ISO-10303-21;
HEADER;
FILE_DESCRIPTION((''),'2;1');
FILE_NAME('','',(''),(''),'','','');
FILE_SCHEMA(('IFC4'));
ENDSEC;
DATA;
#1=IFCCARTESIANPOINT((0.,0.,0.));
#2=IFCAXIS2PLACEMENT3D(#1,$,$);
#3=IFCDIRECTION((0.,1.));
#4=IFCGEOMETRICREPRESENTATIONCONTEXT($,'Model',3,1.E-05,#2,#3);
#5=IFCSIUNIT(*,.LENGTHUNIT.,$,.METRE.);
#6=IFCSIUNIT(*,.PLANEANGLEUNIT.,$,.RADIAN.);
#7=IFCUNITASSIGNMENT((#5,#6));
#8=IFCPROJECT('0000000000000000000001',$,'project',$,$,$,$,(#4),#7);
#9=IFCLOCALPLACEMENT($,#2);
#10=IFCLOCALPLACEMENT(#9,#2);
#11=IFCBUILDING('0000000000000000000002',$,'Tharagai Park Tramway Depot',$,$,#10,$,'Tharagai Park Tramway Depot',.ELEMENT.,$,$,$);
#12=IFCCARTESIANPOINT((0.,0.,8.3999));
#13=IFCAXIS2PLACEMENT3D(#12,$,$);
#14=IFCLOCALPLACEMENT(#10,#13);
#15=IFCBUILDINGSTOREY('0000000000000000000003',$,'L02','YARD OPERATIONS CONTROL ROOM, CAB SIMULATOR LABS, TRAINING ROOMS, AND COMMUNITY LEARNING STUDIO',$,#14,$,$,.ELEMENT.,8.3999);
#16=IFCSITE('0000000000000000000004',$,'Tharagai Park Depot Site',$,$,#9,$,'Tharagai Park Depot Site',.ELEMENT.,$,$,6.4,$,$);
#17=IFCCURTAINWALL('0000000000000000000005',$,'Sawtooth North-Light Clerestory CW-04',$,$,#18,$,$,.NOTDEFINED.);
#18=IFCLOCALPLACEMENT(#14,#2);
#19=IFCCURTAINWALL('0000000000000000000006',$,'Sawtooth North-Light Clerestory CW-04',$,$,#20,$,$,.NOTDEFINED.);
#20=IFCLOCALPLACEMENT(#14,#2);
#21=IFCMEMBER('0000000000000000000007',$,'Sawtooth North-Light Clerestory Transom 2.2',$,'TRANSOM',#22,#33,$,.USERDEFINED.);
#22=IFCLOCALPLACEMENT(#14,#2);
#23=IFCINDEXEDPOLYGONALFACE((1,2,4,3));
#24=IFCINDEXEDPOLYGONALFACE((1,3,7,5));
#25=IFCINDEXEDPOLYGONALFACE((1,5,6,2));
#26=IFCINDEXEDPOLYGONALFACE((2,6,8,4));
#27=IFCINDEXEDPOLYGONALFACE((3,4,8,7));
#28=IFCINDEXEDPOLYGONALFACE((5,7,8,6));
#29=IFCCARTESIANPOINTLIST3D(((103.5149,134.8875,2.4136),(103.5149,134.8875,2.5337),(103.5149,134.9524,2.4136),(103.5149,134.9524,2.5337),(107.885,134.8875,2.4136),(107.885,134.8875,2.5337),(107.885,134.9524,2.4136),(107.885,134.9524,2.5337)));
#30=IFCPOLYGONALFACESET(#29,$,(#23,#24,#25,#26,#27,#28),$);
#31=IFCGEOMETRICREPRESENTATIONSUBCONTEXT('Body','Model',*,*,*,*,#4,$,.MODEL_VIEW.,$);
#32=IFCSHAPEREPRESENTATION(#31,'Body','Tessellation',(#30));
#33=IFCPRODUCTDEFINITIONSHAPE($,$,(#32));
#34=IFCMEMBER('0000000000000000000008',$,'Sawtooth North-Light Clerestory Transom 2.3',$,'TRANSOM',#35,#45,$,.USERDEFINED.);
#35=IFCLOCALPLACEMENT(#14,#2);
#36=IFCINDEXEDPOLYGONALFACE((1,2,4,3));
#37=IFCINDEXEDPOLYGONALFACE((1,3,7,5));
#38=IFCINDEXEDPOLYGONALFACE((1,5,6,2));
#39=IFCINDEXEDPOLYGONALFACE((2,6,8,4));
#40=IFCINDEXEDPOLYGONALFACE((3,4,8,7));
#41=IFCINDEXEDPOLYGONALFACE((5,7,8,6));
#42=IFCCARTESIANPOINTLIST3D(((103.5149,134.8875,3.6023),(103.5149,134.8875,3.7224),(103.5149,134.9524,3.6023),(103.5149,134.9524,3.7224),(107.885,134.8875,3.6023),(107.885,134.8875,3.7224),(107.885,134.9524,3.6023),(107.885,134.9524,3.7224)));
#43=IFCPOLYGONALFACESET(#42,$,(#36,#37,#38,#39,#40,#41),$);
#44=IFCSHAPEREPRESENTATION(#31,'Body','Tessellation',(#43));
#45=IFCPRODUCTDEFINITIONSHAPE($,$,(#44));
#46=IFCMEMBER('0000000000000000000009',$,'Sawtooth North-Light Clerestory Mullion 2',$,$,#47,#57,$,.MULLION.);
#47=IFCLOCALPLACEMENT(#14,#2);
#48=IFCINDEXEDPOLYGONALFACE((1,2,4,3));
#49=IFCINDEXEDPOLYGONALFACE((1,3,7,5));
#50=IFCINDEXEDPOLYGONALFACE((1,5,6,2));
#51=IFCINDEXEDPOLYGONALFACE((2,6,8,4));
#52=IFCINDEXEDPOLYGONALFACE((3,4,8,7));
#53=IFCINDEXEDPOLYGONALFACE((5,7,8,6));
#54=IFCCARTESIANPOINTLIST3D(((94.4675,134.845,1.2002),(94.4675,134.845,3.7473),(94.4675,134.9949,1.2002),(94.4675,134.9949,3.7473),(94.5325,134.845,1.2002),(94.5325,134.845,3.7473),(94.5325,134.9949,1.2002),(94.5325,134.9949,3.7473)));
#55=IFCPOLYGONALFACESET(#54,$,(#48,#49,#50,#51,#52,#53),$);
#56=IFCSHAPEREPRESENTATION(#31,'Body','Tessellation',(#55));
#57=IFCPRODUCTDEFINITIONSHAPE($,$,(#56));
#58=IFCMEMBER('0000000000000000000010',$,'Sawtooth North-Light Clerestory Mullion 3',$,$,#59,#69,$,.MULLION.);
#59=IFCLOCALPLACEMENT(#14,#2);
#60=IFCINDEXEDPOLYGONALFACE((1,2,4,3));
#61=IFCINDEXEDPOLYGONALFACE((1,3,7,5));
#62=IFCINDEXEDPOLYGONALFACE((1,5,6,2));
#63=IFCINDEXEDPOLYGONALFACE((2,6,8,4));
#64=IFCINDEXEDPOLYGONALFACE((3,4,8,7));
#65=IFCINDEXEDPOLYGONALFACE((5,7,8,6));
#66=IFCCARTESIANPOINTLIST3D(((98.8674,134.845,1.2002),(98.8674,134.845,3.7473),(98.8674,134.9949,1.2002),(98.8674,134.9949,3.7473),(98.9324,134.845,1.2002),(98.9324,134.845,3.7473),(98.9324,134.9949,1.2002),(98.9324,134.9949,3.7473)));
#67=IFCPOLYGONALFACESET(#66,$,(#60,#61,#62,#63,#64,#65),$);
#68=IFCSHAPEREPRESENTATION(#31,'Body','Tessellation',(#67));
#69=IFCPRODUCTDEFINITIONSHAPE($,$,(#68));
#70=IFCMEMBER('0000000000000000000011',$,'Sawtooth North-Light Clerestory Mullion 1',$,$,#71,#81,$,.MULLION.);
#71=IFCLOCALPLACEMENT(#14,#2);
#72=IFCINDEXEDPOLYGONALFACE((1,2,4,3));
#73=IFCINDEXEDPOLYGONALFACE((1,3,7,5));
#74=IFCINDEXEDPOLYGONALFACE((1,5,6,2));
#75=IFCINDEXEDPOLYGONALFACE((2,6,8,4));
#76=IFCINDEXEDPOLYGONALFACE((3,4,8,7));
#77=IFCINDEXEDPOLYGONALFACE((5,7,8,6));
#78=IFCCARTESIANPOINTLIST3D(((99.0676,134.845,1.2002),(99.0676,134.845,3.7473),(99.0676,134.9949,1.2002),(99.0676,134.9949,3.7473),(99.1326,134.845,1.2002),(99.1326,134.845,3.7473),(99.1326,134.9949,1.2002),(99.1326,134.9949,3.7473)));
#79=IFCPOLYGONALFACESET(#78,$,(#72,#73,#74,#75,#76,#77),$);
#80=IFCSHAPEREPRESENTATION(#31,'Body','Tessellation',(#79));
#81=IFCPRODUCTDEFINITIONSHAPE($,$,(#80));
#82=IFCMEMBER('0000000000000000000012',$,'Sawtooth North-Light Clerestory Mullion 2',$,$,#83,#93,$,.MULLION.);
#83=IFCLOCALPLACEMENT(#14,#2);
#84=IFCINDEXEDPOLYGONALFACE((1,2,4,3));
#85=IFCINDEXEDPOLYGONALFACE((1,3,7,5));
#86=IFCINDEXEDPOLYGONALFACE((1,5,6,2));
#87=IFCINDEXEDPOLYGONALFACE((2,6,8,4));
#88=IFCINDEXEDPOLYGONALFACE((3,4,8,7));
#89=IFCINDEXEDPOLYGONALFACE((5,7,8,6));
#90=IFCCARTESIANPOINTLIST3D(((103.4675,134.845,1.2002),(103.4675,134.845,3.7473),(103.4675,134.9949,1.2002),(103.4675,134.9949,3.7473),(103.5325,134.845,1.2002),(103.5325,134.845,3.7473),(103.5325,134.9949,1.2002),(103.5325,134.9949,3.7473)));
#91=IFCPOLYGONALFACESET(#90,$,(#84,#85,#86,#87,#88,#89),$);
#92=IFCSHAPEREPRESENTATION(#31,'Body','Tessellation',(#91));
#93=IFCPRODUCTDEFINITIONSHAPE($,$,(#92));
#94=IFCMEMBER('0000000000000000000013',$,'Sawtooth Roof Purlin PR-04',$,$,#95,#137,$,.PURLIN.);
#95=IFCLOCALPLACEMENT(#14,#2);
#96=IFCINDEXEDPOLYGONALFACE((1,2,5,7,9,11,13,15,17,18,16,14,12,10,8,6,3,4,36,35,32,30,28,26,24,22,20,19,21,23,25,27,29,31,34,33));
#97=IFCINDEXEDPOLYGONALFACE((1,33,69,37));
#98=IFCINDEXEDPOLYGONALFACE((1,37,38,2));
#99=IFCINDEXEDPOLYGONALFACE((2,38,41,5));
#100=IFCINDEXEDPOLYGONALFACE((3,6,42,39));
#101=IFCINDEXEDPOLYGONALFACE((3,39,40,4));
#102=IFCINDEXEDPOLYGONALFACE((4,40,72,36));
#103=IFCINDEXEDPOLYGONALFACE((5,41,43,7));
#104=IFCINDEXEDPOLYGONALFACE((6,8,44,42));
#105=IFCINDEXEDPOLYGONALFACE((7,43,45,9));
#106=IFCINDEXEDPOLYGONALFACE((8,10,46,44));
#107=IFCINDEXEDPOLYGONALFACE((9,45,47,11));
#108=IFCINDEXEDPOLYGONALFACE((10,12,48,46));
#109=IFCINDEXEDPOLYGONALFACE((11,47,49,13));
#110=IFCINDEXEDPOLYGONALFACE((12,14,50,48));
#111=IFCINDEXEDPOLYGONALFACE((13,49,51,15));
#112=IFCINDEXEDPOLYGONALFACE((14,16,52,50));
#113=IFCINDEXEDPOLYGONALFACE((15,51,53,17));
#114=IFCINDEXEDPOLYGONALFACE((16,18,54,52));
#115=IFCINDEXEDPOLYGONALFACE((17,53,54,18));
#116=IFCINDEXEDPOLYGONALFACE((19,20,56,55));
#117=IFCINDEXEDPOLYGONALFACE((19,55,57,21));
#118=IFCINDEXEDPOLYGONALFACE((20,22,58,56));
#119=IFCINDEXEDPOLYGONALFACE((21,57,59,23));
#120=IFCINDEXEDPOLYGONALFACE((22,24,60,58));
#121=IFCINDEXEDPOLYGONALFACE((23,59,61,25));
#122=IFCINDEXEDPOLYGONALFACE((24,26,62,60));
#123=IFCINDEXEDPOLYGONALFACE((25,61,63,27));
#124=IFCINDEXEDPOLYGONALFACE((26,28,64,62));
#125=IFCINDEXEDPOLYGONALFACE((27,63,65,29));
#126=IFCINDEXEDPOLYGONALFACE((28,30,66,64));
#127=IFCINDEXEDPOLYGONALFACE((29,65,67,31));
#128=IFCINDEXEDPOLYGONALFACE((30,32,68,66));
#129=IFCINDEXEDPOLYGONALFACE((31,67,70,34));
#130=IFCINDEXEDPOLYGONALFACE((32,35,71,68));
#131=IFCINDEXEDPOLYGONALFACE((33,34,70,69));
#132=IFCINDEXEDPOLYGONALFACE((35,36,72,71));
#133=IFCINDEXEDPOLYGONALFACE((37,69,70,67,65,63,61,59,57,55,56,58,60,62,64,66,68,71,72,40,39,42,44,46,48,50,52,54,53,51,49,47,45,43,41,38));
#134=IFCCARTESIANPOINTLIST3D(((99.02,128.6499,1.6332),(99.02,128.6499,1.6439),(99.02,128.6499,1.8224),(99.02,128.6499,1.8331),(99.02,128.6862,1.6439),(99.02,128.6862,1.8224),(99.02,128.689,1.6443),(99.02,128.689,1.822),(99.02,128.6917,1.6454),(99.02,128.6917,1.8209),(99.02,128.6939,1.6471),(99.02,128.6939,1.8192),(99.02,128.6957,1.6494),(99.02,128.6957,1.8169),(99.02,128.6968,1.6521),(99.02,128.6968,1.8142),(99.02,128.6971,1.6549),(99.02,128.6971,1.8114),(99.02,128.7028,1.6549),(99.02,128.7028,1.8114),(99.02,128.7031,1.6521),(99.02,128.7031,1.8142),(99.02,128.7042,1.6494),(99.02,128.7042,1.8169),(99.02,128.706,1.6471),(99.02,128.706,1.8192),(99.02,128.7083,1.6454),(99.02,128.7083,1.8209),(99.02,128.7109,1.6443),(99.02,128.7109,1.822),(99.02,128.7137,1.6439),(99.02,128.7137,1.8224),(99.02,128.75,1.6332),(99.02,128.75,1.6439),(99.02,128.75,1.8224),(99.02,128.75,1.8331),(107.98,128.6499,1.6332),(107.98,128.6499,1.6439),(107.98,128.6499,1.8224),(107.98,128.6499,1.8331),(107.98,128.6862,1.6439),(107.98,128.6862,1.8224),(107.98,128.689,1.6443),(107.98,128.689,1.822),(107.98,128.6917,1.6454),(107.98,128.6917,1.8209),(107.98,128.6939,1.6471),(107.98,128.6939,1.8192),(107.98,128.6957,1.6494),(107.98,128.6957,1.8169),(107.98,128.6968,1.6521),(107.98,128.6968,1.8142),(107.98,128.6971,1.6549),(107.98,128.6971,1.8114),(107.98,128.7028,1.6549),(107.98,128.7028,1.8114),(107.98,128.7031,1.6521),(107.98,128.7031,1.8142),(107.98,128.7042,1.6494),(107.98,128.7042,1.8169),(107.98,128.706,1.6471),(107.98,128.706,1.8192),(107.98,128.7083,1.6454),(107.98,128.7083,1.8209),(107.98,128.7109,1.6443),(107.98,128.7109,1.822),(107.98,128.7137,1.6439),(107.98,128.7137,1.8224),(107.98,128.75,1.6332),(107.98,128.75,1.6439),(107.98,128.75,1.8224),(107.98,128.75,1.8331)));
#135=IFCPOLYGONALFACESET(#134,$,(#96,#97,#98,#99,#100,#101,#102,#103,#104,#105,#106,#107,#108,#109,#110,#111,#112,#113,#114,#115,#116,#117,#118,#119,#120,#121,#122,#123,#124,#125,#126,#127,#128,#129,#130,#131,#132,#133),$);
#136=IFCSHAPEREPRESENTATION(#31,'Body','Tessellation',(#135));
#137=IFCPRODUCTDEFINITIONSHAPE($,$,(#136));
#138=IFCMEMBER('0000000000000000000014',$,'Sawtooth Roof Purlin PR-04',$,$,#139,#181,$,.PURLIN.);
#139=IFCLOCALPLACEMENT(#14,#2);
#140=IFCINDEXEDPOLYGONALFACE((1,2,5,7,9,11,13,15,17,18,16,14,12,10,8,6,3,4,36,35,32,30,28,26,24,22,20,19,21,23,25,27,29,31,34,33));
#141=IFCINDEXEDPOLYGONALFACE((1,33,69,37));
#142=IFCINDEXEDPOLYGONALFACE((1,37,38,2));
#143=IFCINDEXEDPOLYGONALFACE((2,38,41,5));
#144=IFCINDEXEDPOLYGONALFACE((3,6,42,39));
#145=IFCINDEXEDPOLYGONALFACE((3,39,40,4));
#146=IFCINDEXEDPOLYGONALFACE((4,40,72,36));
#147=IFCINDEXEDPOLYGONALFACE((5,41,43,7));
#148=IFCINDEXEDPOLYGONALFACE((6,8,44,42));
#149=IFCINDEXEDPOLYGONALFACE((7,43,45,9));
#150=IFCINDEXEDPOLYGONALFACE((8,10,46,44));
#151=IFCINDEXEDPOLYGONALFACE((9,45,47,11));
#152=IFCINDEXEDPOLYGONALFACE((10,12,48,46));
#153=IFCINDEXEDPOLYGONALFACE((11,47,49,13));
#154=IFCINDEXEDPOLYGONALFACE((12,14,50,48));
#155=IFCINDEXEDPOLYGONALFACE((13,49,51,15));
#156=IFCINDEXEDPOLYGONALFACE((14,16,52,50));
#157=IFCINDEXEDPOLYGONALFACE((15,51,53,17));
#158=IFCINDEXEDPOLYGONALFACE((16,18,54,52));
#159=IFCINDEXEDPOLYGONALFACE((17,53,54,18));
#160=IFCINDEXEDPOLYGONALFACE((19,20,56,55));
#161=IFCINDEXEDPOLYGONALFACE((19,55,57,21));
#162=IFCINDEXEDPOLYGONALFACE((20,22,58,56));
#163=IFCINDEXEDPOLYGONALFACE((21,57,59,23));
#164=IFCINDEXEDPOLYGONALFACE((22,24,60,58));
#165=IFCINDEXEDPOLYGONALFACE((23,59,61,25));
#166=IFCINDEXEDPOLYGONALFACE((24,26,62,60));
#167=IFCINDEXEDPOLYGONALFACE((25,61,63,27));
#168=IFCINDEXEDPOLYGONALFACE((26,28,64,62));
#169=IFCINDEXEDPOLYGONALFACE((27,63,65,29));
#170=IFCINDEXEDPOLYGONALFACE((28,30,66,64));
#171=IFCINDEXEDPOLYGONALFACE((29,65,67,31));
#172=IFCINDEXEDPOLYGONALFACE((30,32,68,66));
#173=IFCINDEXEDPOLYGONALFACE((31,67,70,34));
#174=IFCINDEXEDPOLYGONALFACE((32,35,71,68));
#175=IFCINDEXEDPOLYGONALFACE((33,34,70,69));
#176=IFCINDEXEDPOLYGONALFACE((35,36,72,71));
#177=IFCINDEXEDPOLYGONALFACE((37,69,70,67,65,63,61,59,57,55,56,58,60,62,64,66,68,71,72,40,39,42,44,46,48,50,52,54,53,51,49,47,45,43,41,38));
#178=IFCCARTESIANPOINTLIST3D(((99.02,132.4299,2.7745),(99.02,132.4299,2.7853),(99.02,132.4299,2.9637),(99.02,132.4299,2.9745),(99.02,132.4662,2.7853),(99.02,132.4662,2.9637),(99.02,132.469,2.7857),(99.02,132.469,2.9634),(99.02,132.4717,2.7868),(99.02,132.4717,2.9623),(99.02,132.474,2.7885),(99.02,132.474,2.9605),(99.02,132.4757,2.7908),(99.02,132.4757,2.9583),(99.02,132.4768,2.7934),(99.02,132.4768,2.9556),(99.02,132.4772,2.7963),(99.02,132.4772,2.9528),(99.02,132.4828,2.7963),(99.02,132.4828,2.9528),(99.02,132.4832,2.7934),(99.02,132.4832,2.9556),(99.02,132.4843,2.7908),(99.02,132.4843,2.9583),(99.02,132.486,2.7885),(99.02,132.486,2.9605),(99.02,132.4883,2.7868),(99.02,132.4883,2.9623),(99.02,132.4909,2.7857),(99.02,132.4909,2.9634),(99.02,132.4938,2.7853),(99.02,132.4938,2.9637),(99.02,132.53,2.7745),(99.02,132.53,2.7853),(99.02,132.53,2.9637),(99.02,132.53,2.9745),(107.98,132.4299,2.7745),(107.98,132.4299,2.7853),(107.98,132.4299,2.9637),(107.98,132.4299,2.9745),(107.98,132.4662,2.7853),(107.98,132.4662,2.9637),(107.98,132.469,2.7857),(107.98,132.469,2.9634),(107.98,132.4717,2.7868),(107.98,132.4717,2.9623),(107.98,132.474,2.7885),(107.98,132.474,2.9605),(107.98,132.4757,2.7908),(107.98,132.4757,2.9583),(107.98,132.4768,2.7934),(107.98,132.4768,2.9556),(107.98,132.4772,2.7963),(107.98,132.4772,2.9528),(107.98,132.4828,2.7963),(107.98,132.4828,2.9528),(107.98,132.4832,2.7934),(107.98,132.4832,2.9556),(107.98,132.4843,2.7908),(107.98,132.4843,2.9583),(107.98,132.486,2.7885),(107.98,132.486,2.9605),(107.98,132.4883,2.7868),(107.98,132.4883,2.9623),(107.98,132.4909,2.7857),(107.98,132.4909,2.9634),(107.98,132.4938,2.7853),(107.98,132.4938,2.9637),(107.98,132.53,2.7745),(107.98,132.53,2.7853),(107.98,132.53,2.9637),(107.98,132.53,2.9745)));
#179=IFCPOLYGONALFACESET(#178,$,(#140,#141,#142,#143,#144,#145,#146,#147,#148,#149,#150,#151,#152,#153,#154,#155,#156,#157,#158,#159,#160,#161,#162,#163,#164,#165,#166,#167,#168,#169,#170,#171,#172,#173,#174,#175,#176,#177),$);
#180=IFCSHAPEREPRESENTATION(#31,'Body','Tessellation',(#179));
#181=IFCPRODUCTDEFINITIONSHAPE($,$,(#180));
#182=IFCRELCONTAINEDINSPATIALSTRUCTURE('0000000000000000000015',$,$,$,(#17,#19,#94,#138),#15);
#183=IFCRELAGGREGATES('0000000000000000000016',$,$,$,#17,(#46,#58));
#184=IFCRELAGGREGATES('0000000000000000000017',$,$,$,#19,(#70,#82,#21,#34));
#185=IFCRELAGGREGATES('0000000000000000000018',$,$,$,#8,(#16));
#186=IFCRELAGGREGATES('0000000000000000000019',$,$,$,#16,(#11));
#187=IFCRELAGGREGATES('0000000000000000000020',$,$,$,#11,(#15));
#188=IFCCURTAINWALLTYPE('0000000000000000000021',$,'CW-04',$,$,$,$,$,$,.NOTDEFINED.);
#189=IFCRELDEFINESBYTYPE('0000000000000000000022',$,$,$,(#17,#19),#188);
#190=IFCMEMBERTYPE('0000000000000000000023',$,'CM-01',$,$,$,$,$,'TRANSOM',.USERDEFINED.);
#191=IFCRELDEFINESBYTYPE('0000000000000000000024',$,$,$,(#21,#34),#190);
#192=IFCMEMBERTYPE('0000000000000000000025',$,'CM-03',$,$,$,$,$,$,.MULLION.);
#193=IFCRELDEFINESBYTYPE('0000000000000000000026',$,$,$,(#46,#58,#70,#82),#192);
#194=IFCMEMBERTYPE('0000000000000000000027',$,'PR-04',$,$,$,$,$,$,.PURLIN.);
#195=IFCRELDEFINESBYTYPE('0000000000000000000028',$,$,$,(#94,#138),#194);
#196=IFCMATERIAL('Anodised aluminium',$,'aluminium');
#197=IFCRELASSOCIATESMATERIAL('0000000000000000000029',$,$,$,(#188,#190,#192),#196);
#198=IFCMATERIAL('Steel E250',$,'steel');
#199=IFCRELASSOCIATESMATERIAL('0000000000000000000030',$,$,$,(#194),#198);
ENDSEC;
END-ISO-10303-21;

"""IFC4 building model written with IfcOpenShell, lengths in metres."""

from ifc_helpers import new_model, si_unit, direction, frame, origin, origin_2d, place, context, subcontext, project, spatial, rectangle, i_section, extrude, material, material_profile, profile_set, type_object, element, aggregate, save


model = new_model("IFC4")

# Units and contexts
model_context = context("Model", 3, precision=1e-05, world=origin(), true_north=direction((0.0, 1.0)))
body_context = subcontext(model_context, "Body", "Model", "MODEL_VIEW")
ifc_project = project(units=[si_unit("LENGTHUNIT", "METRE"), si_unit("PLANEANGLEUNIT", "RADIAN")], contexts=[model_context])

# Site, building, storey
site_placement = place(None, origin())
site = spatial("IfcSite", under=ifc_project, at=site_placement, Name="Tharagai Park Depot Site", LongName="Tharagai Park Depot Site", CompositionType="ELEMENT", RefElevation=6.4)
building_placement = place(site_placement, origin())
building = spatial("IfcBuilding", under=site, at=building_placement, Name="Tharagai Park Tramway Depot", LongName="Tharagai Park Tramway Depot", CompositionType="ELEMENT")
storey_placement = place(building_placement, frame((0.0, 0.0, 8.3999)))
storey = spatial("IfcBuildingStorey", under=building, at=storey_placement, Name="L02", Description="YARD OPERATIONS CONTROL ROOM, CAB SIMULATOR LABS, TRAINING ROOMS, AND COMMUNITY LEARNING STUDIO", CompositionType="ELEMENT", Elevation=8.3999)

# Curtain walls, members
ifc_material_1 = material(Name="Anodised aluminium", Category="aluminium")
curtain_wall_type = type_object("IfcCurtainWallType", Name="CW-04", PredefinedType="NOTDEFINED", material=ifc_material_1)
curtain_wall_1_placement = place(storey_placement, origin())
curtain_wall_1 = element("IfcCurtainWall", 1, at=curtain_wall_1_placement, inside=storey, type_object=curtain_wall_type, Name="Sawtooth North-Light Clerestory CW-04", PredefinedType="NOTDEFINED")
ifc_material_profile_1 = material_profile(ifc_material_1, rectangle(XDim=0.0649, YDim=0.1201, at=origin_2d()), Name="ALU 65x120")
ifc_profile_set_1 = profile_set([ifc_material_profile_1], Name="Anodised aluminium")
member_type_1 = type_object("IfcMemberType", Name="CM-01", ElementType="TRANSOM", PredefinedType="USERDEFINED", material=ifc_profile_set_1)
curtain_wall_2_placement = place(storey_placement, origin())
curtain_wall_2 = element("IfcCurtainWall", 2, at=curtain_wall_2_placement, inside=storey, type_object=curtain_wall_type, Name="Sawtooth North-Light Clerestory CW-04", PredefinedType="NOTDEFINED")
member_1_placement = place(storey_placement, frame((103.5149, 134.9199, 2.4736), z_axis=(1.0, 0.0, 0.0), x_axis=(0.0, 1.0, 0.0)))
member_1 = element("IfcMember", 3, at=member_1_placement, type_object=member_type_1, Name="Sawtooth North-Light Clerestory Transom 2.2", ObjectType="TRANSOM", PredefinedType="USERDEFINED", context=body_context, shape_type="SweptSolid", body=[
    extrude(rectangle(XDim=0.0649, YDim=0.1201, at=origin_2d()), origin(), (0.0, 0.0, 1.0), 4.3701),
])
member_2_placement = place(storey_placement, frame((103.5149, 134.9199, 3.6624), z_axis=(1.0, 0.0, 0.0), x_axis=(0.0, 1.0, 0.0)))
member_2 = element("IfcMember", 4, at=member_2_placement, type_object=member_type_1, Name="Sawtooth North-Light Clerestory Transom 2.3", ObjectType="TRANSOM", PredefinedType="USERDEFINED", context=body_context, shape_type="SweptSolid", body=[
    extrude(rectangle(XDim=0.0649, YDim=0.1201, at=origin_2d()), origin(), (0.0, 0.0, 1.0), 4.3701),
])

# Members
ifc_material_profile_2 = material_profile(ifc_material_1, rectangle(XDim=0.0649, YDim=0.1499, at=origin_2d()), Name="ALU 65x150")
ifc_profile_set_2 = profile_set([ifc_material_profile_2], Name="Anodised aluminium")
member_type_2 = type_object("IfcMemberType", Name="CM-03", PredefinedType="MULLION", material=ifc_profile_set_2)
member_3_placement = place(storey_placement, frame((94.5, 134.9199, 1.2002), z_axis=(0.0, 0.0, 1.0), x_axis=(1.0, 0.0, 0.0)))
member_3 = element("IfcMember", 5, at=member_3_placement, type_object=member_type_2, Name="Sawtooth North-Light Clerestory Mullion 2", PredefinedType="MULLION", context=body_context, shape_type="SweptSolid", body=[
    extrude(rectangle(XDim=0.0649, YDim=0.1499, at=origin_2d()), origin(), (0.0, 0.0, 1.0), 2.5471),
])
member_4_placement = place(storey_placement, frame((98.8999, 134.9199, 1.2002), z_axis=(0.0, 0.0, 1.0), x_axis=(1.0, 0.0, 0.0)))
member_4 = element("IfcMember", 6, at=member_4_placement, type_object=member_type_2, Name="Sawtooth North-Light Clerestory Mullion 3", PredefinedType="MULLION", context=body_context, shape_type="SweptSolid", body=[
    extrude(rectangle(XDim=0.0649, YDim=0.1499, at=origin_2d()), origin(), (0.0, 0.0, 1.0), 2.5471),
])
member_5_placement = place(storey_placement, frame((99.1001, 134.9199, 1.2002), z_axis=(0.0, 0.0, 1.0), x_axis=(1.0, 0.0, 0.0)))
member_5 = element("IfcMember", 7, at=member_5_placement, type_object=member_type_2, Name="Sawtooth North-Light Clerestory Mullion 1", PredefinedType="MULLION", context=body_context, shape_type="SweptSolid", body=[
    extrude(rectangle(XDim=0.0649, YDim=0.1499, at=origin_2d()), origin(), (0.0, 0.0, 1.0), 2.5471),
])
member_6_placement = place(storey_placement, frame((103.5, 134.9199, 1.2002), z_axis=(0.0, 0.0, 1.0), x_axis=(1.0, 0.0, 0.0)))
member_6 = element("IfcMember", 8, at=member_6_placement, type_object=member_type_2, Name="Sawtooth North-Light Clerestory Mullion 2", PredefinedType="MULLION", context=body_context, shape_type="SweptSolid", body=[
    extrude(rectangle(XDim=0.0649, YDim=0.1499, at=origin_2d()), origin(), (0.0, 0.0, 1.0), 2.5471),
])

# Members
ifc_material_2 = material(Name="Steel E250", Category="steel")
ifc_material_profile_3 = material_profile(ifc_material_2, i_section(OverallWidth=0.1001, OverallDepth=0.2, WebThickness=0.0056, FlangeThickness=0.0107, FilletRadius=0.011, at=origin_2d()), Name="ISMB 200")
ifc_profile_set_3 = profile_set([ifc_material_profile_3], Name="Steel E250")
member_type_3 = type_object("IfcMemberType", Name="PR-04", PredefinedType="PURLIN", material=ifc_profile_set_3)
for number, where, z_axis, x_axis, name in (
    (9, (99.02, 128.7, 1.7332), (1.0, 0.0, 0.0), (0.0, 1.0, 0.0), "Sawtooth Roof Purlin PR-04"),
    (10, (99.02, 132.48, 2.8745), (1.0, 0.0, 0.0), (0.0, 1.0, 0.0), "Sawtooth Roof Purlin PR-04"),
):
    element("IfcMember", number, at=place(storey_placement, frame(where, z_axis=z_axis, x_axis=x_axis)), inside=storey, type_object=member_type_3, Name=name, PredefinedType="PURLIN", context=body_context, shape_type="SweptSolid", body=[
        extrude(i_section(OverallWidth=0.1001, OverallDepth=0.2, WebThickness=0.0056, FlangeThickness=0.0107, FilletRadius=0.011, at=origin_2d()), origin(), (0.0, 0.0, 1.0), 8.96),
    ])

aggregate(curtain_wall_1, [member_3, member_4])
aggregate(curtain_wall_2, [member_5, member_6, member_1, member_2])

save(model, "model.ifc")
